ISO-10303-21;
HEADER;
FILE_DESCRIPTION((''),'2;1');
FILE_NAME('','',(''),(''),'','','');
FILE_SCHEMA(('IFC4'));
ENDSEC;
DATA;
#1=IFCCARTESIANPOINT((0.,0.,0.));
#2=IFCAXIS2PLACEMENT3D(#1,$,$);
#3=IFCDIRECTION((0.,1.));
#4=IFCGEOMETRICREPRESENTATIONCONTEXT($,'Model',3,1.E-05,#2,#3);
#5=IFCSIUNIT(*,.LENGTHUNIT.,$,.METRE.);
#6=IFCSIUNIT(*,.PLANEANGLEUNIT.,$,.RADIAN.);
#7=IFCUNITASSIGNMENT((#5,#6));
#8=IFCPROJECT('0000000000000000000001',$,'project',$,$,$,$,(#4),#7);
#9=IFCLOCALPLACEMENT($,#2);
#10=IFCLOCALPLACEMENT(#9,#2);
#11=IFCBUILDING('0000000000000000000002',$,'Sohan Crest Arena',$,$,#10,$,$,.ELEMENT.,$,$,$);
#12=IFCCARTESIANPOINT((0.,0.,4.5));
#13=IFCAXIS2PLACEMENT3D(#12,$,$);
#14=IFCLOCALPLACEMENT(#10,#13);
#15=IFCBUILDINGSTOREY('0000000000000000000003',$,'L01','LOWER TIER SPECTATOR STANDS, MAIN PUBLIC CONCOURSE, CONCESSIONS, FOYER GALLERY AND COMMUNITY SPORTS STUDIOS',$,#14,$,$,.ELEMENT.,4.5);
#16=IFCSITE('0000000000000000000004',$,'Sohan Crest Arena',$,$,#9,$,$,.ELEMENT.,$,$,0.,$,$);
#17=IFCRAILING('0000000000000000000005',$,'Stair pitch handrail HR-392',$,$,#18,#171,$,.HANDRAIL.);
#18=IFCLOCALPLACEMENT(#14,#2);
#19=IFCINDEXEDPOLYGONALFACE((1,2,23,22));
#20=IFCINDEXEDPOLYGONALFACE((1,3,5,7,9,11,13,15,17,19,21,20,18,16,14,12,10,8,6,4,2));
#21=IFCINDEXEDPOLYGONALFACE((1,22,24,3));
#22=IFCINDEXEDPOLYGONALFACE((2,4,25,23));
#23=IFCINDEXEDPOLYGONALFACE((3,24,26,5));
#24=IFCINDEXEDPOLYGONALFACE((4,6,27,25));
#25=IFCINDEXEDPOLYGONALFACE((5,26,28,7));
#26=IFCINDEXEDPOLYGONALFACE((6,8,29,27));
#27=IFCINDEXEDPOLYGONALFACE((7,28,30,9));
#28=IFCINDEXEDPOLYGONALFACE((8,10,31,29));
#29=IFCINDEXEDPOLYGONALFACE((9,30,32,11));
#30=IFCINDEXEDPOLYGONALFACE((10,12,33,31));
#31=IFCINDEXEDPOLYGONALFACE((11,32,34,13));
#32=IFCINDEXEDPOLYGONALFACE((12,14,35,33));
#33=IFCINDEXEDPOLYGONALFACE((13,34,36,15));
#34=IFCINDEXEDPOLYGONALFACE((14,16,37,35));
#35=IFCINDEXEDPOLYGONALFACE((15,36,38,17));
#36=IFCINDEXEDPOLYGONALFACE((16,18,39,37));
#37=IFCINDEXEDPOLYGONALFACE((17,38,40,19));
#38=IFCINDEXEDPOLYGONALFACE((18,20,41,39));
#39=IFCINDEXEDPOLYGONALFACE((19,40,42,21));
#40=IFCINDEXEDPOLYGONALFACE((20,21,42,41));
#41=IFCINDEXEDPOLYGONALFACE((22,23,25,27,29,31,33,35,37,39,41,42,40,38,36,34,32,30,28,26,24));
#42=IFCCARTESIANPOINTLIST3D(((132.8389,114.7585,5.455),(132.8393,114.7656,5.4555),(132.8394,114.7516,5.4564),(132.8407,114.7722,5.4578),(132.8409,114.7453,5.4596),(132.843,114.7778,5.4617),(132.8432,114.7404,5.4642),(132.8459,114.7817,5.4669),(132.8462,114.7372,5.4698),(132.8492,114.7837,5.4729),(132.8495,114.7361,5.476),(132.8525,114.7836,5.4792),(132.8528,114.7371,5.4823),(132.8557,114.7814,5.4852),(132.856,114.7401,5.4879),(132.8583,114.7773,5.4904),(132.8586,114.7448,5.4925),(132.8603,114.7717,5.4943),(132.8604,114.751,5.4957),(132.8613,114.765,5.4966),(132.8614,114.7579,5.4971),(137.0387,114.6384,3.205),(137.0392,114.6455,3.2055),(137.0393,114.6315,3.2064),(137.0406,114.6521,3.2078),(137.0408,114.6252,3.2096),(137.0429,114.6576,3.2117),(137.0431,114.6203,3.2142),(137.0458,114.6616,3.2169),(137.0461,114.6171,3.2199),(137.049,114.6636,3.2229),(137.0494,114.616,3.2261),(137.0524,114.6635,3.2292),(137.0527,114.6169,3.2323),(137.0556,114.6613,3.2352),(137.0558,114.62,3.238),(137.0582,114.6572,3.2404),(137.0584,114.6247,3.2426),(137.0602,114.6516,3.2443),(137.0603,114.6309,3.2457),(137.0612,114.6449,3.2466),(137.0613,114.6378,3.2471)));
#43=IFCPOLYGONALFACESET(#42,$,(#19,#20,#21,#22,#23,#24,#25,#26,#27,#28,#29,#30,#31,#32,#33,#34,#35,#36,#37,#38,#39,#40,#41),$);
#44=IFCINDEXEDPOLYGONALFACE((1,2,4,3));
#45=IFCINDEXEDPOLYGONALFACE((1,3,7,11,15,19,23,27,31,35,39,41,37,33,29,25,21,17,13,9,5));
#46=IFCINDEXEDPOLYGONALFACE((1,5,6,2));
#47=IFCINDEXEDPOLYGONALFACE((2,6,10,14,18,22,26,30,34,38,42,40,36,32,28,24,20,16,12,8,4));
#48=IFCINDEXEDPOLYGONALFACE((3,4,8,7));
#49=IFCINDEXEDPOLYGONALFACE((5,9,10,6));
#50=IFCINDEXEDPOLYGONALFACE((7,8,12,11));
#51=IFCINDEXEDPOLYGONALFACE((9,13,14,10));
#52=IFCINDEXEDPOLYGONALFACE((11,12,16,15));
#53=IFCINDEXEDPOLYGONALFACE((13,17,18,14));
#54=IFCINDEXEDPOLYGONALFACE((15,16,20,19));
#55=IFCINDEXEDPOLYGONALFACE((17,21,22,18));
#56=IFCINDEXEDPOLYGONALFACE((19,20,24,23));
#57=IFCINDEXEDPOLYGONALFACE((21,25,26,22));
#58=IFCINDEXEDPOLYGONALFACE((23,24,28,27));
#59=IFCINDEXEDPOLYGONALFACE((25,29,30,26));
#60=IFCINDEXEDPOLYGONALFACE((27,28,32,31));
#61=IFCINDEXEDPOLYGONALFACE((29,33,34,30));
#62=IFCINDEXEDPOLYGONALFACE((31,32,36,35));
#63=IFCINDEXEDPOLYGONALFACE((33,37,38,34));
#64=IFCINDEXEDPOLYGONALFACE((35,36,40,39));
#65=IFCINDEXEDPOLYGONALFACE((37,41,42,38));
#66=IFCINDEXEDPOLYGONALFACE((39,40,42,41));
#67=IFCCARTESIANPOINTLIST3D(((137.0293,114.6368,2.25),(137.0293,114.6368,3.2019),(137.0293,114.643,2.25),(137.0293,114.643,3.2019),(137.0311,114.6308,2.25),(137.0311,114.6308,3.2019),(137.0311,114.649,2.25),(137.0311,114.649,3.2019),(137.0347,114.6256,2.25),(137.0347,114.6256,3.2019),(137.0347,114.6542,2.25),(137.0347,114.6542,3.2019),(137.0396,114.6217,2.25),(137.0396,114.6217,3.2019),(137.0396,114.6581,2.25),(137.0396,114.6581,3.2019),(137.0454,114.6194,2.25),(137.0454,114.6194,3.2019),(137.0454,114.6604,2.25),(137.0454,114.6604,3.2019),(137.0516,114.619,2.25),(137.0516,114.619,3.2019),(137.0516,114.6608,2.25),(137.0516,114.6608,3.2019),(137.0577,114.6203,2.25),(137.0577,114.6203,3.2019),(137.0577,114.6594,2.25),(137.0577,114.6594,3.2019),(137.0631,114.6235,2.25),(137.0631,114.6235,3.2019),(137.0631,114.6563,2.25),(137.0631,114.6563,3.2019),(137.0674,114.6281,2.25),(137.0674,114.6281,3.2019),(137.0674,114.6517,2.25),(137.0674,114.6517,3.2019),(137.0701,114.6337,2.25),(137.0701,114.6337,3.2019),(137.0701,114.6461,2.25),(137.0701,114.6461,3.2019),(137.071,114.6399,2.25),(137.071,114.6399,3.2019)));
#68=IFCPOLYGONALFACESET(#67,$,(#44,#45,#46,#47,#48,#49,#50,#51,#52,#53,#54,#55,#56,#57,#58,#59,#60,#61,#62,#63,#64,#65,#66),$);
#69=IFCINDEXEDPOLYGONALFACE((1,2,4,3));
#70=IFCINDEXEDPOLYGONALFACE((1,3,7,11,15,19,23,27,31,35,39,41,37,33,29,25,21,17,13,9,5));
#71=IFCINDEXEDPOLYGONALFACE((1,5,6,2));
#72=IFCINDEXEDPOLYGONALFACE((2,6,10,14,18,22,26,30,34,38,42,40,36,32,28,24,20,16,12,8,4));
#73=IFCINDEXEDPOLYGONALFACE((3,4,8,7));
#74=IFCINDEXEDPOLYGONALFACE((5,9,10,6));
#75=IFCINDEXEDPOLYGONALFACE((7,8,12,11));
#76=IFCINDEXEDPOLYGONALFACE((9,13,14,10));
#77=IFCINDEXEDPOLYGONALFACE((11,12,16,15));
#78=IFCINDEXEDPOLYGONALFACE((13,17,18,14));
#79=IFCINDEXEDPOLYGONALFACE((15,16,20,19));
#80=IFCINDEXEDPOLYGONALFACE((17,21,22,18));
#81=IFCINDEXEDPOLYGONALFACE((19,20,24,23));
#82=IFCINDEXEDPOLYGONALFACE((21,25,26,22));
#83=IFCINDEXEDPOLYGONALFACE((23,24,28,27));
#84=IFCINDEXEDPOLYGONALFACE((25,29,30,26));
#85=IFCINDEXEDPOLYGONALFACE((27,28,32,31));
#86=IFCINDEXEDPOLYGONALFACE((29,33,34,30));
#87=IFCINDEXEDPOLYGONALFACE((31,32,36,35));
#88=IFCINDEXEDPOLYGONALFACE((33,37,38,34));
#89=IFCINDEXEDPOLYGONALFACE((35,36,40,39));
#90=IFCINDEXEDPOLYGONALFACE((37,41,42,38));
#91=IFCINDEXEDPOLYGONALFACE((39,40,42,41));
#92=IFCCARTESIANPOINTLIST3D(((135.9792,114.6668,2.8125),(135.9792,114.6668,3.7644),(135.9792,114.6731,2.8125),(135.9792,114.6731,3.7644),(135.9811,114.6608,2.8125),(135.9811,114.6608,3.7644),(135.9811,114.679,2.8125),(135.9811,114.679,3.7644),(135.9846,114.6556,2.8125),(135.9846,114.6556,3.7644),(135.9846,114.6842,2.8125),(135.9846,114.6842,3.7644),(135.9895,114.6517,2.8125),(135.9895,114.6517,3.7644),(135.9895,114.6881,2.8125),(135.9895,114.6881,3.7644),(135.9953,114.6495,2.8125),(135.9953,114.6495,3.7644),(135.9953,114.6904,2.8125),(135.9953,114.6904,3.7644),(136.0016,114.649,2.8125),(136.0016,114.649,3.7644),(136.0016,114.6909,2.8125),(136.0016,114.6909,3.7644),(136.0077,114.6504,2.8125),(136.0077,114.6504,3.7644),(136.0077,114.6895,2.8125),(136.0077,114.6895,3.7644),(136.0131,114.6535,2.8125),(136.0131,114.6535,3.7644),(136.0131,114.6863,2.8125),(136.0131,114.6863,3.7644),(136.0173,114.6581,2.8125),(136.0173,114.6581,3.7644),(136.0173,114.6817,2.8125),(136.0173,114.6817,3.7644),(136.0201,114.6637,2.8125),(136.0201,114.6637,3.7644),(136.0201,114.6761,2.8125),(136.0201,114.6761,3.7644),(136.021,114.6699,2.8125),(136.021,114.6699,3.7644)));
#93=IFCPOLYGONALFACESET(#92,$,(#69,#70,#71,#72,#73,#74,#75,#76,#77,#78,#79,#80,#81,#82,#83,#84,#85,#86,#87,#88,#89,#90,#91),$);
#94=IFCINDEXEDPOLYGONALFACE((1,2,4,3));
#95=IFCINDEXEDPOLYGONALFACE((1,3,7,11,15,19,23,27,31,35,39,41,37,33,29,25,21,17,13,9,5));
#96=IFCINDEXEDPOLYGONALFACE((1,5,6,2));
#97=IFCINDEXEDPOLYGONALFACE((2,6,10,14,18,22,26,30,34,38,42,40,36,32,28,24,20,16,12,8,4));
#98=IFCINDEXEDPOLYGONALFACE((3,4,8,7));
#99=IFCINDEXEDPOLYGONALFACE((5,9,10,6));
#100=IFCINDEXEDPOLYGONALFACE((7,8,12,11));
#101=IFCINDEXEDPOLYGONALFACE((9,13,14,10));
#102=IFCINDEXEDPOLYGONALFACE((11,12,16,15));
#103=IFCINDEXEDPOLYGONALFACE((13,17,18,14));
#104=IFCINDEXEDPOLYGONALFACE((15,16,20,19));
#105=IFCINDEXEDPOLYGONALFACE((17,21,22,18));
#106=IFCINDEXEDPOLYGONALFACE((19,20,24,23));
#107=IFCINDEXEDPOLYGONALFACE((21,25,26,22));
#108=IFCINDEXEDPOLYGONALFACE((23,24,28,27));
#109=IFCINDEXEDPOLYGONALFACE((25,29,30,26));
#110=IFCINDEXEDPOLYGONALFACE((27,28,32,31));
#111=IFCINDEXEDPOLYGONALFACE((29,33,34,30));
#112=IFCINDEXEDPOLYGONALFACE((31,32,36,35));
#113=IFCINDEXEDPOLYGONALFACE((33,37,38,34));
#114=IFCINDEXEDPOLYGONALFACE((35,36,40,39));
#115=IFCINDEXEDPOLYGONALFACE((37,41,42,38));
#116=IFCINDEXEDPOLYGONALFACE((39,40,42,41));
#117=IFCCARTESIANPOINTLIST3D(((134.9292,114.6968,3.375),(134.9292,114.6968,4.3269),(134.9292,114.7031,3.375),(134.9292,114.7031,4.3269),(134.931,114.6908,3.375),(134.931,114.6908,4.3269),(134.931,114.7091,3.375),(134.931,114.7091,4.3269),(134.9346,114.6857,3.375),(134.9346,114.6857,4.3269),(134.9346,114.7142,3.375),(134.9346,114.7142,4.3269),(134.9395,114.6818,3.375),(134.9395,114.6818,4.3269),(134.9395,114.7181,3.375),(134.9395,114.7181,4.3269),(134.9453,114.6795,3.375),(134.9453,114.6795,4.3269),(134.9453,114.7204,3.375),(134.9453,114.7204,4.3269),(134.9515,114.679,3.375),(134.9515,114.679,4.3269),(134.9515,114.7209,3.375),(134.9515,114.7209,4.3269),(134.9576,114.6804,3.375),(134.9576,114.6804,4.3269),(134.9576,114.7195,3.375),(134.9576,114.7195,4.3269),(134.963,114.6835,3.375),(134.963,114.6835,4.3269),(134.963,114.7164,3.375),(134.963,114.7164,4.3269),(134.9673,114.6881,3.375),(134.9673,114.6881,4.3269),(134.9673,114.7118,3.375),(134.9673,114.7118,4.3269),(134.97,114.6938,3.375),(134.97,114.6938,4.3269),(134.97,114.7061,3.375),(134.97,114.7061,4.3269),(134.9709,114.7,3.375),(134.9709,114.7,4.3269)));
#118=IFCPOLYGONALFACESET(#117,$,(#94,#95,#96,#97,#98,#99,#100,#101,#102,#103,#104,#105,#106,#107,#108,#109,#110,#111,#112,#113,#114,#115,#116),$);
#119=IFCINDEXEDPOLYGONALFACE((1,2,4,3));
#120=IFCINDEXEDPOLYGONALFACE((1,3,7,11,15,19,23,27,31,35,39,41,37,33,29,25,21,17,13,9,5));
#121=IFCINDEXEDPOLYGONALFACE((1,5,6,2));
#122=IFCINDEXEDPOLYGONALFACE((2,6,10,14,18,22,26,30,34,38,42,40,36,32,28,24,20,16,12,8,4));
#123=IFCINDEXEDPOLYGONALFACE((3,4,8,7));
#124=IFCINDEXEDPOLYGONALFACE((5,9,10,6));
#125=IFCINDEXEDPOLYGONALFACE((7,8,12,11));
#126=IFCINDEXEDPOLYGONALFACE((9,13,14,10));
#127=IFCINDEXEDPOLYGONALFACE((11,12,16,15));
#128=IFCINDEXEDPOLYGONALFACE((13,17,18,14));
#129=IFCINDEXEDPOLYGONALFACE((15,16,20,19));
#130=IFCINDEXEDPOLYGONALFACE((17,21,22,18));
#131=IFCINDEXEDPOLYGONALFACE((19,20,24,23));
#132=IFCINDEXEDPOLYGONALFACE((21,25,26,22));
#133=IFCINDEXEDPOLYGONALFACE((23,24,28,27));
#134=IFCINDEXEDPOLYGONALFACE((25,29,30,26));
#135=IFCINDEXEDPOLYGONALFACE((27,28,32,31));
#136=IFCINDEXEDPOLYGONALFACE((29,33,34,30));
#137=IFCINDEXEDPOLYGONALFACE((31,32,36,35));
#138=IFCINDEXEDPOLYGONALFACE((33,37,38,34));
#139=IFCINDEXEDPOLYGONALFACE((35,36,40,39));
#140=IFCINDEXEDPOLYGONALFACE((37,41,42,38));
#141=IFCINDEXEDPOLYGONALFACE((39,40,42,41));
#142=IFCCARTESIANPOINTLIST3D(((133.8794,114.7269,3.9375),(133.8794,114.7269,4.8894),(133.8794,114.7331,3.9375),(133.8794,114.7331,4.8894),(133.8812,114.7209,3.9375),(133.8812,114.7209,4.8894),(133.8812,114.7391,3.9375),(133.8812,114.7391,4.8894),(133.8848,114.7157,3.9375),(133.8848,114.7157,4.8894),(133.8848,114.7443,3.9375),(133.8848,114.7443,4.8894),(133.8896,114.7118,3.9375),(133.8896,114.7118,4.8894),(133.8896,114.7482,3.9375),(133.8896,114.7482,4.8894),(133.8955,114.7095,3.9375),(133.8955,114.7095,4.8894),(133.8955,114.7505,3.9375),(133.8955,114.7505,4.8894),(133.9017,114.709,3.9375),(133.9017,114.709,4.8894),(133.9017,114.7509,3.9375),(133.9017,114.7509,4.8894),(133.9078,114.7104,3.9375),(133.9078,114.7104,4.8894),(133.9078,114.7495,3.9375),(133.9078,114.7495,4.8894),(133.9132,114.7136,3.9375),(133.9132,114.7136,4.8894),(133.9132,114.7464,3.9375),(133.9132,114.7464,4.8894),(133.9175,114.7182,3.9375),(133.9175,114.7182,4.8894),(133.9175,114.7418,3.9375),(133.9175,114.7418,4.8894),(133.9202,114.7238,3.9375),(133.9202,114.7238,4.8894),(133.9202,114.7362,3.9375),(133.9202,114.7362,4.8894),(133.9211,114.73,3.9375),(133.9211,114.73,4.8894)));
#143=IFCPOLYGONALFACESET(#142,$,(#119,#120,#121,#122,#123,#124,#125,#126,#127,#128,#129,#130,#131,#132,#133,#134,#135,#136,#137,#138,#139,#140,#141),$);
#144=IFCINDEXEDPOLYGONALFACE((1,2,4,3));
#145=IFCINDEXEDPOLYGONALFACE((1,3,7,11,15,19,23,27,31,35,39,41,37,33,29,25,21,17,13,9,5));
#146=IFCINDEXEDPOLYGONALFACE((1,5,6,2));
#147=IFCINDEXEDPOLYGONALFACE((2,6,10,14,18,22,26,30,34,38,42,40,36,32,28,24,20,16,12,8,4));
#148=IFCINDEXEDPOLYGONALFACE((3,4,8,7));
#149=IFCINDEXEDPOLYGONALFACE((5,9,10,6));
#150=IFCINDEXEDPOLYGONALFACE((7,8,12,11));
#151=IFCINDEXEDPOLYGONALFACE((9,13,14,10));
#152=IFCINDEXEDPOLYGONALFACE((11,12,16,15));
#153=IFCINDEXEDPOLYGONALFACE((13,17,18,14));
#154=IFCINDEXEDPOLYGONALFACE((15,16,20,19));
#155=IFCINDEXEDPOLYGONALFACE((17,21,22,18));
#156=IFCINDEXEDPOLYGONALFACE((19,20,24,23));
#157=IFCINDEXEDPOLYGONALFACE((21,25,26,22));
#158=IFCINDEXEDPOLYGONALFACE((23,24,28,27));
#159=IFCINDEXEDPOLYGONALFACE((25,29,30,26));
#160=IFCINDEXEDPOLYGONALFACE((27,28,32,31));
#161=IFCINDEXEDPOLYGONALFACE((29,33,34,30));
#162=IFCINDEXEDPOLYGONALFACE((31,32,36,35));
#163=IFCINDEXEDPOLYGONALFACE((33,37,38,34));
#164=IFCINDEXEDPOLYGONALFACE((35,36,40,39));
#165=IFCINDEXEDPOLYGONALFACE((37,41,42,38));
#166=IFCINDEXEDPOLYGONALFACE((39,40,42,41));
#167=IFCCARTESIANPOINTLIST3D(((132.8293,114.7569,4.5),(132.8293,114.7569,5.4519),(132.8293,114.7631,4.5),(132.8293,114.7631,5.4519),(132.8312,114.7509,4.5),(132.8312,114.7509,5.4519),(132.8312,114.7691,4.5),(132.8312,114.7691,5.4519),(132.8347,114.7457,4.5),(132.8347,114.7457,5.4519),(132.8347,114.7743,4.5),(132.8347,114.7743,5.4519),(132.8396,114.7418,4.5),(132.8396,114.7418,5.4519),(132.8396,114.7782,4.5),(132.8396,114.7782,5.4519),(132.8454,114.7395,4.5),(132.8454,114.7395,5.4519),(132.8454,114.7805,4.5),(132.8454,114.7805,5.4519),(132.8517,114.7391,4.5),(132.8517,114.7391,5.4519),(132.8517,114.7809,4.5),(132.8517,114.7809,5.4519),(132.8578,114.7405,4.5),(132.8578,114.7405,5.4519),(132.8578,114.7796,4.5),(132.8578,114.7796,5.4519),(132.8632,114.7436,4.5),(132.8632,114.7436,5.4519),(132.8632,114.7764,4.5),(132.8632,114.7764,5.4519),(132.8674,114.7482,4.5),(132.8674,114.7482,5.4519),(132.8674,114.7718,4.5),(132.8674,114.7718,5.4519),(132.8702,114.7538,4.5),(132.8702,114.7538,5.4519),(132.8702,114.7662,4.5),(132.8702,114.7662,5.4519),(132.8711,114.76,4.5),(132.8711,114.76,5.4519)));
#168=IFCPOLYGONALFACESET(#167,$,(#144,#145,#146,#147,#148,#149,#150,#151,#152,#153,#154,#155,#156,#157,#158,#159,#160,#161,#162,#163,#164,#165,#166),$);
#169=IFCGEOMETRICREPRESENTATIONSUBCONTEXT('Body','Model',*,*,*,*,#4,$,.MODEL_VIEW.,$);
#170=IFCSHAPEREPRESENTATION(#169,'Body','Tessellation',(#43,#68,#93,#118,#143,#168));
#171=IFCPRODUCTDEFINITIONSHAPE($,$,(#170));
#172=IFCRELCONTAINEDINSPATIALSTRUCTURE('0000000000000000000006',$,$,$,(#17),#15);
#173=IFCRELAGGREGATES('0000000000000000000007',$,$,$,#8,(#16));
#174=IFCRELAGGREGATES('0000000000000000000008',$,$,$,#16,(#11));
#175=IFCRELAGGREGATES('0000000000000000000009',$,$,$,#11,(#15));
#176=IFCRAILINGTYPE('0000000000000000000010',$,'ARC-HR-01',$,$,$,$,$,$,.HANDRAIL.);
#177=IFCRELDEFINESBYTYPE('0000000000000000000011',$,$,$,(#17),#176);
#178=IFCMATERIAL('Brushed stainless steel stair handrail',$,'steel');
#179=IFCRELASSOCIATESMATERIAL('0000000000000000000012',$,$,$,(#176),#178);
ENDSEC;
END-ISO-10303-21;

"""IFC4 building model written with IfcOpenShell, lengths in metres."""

from ifc_helpers import new_model, si_unit, direction, frame, origin, origin_2d, place, context, subcontext, project, spatial, circle, extrude, material, type_object, element, save


model = new_model("IFC4")

# Units and contexts
model_context = context("Model", 3, precision=1e-05, world=origin(), true_north=direction((0.0, 1.0)))
body_context = subcontext(model_context, "Body", "Model", "MODEL_VIEW")
ifc_project = project(units=[si_unit("LENGTHUNIT", "METRE"), si_unit("PLANEANGLEUNIT", "RADIAN")], contexts=[model_context])

# Site, building, storey
site_placement = place(None, origin())
site = spatial("IfcSite", under=ifc_project, at=site_placement, Name="Sohan Crest Arena", CompositionType="ELEMENT", RefElevation=0.0)
building_placement = place(site_placement, origin())
building = spatial("IfcBuilding", under=site, at=building_placement, Name="Sohan Crest Arena", CompositionType="ELEMENT")
storey_placement = place(building_placement, frame((0.0, 0.0, 4.5)))
storey = spatial("IfcBuildingStorey", under=building, at=storey_placement, Name="L01", Description="LOWER TIER SPECTATOR STANDS, MAIN PUBLIC CONCOURSE, CONCESSIONS, FOYER GALLERY AND COMMUNITY SPORTS STUDIOS", CompositionType="ELEMENT", Elevation=4.5)

# Railing
ifc_material_1 = material(Name="Brushed stainless steel stair handrail", Category="steel")
railing_type_1 = type_object("IfcRailingType", Name="ARC-HR-01", PredefinedType="HANDRAIL", material=ifc_material_1)
railing_1_placement = place(storey_placement, frame((137.05, 114.6399, 2.25)))
element("IfcRailing", 1, at=railing_1_placement, inside=storey, type_object=railing_type_1, Name="Stair pitch handrail HR-392", PredefinedType="HANDRAIL", context=body_context, shape_type="SweptSolid", body=[
    extrude(circle(Radius=0.0239, at=origin_2d()), frame((0.0, 0.0, 0.9761), z_axis=(-0.881198, 0.025202, 0.472076), x_axis=(-0.028588, -0.999591, 0.0)), (0.0, 0.0, 1.0), 4.7661),
    extrude(circle(Radius=0.021, at=origin_2d()), origin(), (0.0, 0.0, 1.0), 0.9519),
    extrude(circle(Radius=0.021, at=origin_2d()), frame((-1.05, 0.03, 0.5625)), (0.0, 0.0, 1.0), 0.9519),
    extrude(circle(Radius=0.021, at=origin_2d()), frame((-2.1001, 0.0601, 1.125)), (0.0, 0.0, 1.0), 0.9519),
    extrude(circle(Radius=0.021, at=origin_2d()), frame((-3.1499, 0.0901, 1.6875)), (0.0, 0.0, 1.0), 0.9519),
    extrude(circle(Radius=0.021, at=origin_2d()), frame((-4.2, 0.1201, 2.25)), (0.0, 0.0, 1.0), 0.9519),
])

save(model, "model.ifc")
